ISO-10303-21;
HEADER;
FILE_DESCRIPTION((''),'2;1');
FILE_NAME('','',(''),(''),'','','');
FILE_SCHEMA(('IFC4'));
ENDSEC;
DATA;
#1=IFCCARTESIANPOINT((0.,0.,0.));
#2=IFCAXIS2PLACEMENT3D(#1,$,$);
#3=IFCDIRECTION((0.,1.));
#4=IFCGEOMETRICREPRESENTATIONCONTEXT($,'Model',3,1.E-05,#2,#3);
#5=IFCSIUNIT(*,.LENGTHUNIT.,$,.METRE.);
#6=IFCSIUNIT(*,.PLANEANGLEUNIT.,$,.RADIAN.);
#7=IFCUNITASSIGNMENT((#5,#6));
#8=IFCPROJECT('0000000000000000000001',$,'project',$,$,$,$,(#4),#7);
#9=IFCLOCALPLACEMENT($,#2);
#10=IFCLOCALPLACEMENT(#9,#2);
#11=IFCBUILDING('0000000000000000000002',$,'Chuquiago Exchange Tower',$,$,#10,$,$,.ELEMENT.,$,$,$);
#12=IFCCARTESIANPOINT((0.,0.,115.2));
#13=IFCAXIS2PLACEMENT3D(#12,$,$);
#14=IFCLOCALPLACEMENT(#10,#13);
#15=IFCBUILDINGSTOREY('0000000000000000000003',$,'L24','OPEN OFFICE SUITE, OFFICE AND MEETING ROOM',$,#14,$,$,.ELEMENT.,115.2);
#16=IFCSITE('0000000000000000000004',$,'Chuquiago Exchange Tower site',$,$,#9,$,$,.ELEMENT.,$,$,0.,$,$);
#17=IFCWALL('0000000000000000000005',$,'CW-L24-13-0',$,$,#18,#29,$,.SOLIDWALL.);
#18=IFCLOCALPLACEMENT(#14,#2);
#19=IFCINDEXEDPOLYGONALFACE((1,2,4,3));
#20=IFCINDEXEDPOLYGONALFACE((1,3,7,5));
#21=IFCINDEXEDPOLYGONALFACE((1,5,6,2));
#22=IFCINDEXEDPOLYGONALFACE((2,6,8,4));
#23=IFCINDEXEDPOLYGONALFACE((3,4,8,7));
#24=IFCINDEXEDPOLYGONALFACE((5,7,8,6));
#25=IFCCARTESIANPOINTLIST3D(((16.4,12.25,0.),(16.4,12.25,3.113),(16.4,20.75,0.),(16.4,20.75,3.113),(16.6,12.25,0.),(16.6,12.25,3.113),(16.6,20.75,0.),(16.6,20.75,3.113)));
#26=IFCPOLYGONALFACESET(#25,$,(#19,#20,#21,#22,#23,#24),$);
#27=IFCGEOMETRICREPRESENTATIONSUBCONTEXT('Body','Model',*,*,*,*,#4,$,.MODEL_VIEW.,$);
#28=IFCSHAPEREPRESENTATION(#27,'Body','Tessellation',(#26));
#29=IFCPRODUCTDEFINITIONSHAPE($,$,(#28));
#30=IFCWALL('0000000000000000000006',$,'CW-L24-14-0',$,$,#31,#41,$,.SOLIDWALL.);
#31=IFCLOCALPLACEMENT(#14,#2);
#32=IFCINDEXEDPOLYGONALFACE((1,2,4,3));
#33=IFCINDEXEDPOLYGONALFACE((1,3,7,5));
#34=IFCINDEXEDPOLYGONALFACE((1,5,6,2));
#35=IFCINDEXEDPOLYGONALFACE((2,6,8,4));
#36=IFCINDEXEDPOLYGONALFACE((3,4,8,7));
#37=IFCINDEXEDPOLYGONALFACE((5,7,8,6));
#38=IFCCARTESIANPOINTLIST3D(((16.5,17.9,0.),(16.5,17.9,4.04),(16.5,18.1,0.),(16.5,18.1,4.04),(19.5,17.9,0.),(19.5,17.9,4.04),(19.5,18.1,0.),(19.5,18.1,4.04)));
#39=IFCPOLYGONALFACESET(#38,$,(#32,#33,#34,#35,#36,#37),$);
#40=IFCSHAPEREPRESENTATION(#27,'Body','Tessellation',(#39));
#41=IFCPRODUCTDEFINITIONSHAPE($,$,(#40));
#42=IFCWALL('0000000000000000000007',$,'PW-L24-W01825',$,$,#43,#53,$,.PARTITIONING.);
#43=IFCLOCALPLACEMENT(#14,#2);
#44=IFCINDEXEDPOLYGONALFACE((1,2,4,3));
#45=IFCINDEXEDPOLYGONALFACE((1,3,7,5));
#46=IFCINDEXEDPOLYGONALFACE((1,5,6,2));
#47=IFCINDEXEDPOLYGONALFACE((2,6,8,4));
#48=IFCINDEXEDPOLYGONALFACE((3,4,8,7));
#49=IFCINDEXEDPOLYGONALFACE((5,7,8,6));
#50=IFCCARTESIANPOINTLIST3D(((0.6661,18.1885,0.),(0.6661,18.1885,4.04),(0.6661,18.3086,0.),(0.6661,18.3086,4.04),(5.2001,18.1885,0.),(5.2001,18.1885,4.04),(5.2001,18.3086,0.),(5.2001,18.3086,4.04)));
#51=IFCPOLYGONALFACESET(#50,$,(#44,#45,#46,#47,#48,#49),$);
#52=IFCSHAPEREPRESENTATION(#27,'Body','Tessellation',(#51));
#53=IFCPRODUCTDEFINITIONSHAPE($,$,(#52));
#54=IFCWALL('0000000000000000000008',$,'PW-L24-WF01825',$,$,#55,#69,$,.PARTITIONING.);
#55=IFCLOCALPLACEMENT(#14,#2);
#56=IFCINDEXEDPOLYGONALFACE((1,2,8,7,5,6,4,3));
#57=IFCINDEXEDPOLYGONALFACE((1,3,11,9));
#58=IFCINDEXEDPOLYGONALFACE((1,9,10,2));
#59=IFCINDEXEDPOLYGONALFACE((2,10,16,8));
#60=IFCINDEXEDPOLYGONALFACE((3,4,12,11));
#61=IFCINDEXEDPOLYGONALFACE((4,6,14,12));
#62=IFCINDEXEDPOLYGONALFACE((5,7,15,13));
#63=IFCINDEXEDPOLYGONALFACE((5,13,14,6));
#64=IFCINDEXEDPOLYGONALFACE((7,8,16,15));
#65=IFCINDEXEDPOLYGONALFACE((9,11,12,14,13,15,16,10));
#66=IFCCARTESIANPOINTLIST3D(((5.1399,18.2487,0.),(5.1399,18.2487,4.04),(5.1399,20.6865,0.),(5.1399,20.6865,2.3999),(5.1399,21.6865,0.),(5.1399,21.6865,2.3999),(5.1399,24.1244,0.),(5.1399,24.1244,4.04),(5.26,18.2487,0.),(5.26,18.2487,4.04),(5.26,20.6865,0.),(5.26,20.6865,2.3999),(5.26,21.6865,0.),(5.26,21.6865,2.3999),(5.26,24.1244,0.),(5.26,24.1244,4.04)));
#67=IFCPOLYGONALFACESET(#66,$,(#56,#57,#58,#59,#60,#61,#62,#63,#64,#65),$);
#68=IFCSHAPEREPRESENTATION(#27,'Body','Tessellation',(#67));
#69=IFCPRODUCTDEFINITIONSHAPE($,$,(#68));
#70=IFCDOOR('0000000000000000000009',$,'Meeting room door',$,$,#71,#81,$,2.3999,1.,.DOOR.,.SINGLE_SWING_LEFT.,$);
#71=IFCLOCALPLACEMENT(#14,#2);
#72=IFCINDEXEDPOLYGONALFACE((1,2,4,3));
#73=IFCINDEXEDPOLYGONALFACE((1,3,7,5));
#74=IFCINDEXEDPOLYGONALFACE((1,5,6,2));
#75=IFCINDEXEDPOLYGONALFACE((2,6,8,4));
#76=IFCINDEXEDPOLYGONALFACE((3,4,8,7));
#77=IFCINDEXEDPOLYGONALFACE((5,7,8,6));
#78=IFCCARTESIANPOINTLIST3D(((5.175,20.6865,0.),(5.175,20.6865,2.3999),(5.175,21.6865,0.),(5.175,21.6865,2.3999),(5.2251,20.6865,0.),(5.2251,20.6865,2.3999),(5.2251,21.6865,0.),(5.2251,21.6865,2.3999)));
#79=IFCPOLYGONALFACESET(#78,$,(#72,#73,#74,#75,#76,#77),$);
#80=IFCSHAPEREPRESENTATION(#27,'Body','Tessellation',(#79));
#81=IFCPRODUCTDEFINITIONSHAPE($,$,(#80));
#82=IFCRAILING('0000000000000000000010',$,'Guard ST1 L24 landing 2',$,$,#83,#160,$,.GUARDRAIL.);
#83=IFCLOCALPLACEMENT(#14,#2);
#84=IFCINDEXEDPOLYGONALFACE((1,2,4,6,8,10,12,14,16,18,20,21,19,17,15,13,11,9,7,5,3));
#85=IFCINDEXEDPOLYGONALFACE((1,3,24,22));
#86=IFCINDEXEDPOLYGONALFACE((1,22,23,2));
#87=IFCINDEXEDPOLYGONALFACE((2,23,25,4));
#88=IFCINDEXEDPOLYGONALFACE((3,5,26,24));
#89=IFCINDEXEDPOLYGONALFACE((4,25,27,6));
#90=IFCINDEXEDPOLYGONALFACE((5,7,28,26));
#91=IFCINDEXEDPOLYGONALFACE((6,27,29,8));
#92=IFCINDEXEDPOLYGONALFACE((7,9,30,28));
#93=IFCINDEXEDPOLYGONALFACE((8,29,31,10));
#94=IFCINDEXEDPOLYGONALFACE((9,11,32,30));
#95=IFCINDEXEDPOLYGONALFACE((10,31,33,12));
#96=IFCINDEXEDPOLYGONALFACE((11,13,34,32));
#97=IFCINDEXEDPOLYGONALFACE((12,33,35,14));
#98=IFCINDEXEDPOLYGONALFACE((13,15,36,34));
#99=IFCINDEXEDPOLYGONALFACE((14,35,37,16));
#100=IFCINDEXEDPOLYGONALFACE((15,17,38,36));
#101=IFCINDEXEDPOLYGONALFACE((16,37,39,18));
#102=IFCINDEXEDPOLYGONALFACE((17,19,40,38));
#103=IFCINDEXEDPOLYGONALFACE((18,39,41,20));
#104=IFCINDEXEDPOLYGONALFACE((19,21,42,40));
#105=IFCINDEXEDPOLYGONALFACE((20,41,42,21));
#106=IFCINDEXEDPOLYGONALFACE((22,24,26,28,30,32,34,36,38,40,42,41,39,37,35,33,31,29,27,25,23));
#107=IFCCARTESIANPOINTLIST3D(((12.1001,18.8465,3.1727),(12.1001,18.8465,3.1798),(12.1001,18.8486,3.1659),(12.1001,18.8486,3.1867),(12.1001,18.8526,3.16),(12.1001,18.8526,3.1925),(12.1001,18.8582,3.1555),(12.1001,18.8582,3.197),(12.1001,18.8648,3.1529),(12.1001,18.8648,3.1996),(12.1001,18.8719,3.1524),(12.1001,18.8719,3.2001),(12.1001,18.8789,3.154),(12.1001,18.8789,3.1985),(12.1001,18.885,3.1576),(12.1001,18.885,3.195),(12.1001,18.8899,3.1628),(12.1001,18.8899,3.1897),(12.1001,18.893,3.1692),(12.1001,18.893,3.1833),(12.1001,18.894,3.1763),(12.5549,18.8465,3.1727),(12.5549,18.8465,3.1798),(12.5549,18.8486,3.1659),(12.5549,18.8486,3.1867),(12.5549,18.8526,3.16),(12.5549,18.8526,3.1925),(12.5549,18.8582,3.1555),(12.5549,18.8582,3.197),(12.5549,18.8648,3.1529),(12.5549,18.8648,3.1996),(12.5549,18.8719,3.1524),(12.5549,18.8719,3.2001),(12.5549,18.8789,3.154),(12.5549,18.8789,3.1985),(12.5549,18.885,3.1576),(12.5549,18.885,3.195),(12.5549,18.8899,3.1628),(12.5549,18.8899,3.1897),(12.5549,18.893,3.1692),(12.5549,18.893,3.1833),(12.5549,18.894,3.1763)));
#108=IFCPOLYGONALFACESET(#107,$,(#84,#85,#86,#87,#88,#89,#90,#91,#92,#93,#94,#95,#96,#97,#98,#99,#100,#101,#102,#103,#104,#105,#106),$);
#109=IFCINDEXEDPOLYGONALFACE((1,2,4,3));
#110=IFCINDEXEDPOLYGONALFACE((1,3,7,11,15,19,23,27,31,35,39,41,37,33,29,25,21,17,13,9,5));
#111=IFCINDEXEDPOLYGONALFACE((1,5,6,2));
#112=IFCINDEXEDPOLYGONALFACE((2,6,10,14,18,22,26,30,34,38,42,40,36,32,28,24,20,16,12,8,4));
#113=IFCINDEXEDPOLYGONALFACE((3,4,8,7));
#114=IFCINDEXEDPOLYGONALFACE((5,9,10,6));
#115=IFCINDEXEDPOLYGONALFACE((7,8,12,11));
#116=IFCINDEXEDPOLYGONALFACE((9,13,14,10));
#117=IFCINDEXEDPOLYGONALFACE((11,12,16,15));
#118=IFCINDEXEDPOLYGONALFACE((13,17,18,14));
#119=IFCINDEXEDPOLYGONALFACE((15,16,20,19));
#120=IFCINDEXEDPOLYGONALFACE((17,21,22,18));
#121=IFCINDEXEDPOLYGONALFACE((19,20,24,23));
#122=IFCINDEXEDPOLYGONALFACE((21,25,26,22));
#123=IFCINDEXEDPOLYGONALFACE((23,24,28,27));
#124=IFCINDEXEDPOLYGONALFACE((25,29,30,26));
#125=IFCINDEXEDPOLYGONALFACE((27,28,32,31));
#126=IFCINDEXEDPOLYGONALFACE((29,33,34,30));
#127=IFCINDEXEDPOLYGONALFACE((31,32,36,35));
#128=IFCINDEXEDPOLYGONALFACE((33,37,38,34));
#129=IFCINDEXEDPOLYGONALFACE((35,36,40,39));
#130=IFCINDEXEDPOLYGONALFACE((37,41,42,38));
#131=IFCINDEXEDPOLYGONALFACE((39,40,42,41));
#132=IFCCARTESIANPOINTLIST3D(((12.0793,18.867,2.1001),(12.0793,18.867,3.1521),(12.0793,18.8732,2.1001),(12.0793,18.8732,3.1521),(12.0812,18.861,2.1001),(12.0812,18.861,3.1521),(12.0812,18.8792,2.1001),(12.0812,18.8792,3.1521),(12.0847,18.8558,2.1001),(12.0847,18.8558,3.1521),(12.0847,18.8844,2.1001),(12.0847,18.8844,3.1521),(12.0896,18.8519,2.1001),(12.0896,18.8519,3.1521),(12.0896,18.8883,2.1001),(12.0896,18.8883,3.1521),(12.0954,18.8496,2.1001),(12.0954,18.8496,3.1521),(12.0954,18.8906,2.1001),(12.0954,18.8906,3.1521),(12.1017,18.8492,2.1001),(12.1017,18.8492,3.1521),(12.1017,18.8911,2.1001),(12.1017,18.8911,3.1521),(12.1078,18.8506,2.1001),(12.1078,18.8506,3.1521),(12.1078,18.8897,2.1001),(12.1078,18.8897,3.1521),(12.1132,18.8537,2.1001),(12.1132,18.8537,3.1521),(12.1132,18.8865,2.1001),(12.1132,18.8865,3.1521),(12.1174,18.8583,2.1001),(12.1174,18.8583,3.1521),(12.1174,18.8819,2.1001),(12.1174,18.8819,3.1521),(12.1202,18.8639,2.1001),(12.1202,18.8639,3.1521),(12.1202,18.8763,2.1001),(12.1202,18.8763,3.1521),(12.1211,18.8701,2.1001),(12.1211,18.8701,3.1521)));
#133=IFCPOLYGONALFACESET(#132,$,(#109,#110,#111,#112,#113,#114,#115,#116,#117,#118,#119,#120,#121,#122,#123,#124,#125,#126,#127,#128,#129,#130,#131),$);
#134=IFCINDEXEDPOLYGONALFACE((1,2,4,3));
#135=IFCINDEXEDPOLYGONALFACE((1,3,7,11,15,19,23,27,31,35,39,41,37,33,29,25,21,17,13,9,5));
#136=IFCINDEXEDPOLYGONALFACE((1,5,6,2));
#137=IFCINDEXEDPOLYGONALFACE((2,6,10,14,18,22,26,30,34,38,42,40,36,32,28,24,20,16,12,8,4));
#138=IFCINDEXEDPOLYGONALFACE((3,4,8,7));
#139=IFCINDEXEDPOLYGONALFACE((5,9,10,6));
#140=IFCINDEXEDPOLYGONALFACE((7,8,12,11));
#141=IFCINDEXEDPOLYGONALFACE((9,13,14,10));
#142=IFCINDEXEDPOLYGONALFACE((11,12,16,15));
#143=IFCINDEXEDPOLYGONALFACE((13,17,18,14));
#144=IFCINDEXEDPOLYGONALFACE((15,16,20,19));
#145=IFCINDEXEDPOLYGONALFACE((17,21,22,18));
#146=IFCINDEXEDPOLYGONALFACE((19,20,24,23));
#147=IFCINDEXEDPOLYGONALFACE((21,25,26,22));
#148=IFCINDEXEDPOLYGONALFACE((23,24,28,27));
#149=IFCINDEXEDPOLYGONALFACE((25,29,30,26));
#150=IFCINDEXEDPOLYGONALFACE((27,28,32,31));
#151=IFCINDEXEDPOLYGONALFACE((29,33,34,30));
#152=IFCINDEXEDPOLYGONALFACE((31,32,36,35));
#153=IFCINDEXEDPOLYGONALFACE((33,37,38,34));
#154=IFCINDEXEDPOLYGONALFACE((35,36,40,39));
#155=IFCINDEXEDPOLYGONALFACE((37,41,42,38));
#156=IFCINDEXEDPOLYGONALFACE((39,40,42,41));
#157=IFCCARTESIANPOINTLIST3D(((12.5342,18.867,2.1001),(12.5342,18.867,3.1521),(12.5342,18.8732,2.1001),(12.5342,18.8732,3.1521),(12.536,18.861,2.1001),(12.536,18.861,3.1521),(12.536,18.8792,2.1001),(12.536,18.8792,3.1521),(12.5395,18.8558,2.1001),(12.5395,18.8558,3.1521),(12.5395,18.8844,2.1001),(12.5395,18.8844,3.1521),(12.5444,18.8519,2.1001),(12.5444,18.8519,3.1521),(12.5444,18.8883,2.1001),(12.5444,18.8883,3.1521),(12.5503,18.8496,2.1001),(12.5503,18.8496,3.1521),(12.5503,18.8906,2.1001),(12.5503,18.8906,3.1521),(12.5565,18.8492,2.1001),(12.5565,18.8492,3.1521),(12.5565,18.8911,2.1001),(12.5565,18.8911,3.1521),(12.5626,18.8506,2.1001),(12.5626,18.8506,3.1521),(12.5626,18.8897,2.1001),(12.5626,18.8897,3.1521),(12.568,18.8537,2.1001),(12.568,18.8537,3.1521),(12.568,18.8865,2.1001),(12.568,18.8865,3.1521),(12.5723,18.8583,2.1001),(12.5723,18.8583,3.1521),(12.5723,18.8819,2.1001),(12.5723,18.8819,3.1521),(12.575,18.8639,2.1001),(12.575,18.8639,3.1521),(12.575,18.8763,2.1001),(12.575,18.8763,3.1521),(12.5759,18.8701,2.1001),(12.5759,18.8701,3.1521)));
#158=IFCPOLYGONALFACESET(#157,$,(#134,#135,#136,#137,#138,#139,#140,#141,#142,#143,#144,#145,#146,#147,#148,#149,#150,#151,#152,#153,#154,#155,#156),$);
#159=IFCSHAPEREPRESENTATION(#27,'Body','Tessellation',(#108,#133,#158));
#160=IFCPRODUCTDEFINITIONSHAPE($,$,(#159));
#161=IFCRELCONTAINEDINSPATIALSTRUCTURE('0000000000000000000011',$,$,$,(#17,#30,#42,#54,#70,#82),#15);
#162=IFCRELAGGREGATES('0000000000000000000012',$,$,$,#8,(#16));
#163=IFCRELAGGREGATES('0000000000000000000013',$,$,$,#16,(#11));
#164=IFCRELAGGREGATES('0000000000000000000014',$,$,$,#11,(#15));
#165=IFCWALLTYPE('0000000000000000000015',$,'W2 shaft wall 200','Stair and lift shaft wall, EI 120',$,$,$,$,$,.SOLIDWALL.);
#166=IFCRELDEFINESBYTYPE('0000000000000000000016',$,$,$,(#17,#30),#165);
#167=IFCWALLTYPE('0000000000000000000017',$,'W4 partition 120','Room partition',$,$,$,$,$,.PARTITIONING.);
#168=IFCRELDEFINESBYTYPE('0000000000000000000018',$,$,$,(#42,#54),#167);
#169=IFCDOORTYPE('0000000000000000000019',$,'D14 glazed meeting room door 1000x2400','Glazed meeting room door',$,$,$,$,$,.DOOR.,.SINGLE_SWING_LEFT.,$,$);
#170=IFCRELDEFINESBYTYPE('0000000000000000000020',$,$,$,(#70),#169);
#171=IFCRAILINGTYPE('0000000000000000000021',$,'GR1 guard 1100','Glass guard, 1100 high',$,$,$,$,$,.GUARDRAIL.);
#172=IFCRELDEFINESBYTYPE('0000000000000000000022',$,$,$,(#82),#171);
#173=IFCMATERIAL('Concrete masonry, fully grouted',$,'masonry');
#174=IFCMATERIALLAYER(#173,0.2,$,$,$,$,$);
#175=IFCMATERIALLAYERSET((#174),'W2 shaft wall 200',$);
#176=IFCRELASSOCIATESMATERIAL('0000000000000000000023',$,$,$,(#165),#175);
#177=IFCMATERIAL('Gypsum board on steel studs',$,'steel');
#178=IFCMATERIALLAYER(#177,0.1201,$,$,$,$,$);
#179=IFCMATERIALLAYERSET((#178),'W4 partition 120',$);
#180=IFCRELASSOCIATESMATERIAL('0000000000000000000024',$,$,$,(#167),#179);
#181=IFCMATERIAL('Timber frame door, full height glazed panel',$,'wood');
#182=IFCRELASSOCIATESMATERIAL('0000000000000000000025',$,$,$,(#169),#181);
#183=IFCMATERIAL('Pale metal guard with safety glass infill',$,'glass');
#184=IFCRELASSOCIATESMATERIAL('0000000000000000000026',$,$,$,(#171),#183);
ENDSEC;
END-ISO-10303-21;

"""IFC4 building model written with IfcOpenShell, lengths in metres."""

from ifc_helpers import new_model, si_unit, direction, frame, frame_2d, origin, origin_2d, place, context, subcontext, project, spatial, rectangle, circle, extrude, material, layer, layer_set, type_object, element, fill, save


model = new_model("IFC4")

# Units and contexts
model_context = context("Model", 3, precision=1e-05, world=origin(), true_north=direction((0.0, 1.0)))
body_context = subcontext(model_context, "Body", "Model", "MODEL_VIEW")
ifc_project = project(units=[si_unit("LENGTHUNIT", "METRE"), si_unit("PLANEANGLEUNIT", "RADIAN")], contexts=[model_context])

# Site, building, storey
site_placement = place(None, origin())
site = spatial("IfcSite", under=ifc_project, at=site_placement, Name="Chuquiago Exchange Tower site", CompositionType="ELEMENT", RefElevation=0.0)
building_placement = place(site_placement, origin())
building = spatial("IfcBuilding", under=site, at=building_placement, Name="Chuquiago Exchange Tower", CompositionType="ELEMENT")
storey_placement = place(building_placement, frame((0.0, 0.0, 115.2)))
storey = spatial("IfcBuildingStorey", under=building, at=storey_placement, Name="L24", Description="OPEN OFFICE SUITE, OFFICE AND MEETING ROOM", CompositionType="ELEMENT", Elevation=115.2)

# Walls
ifc_material_1 = material(Name="Concrete masonry, fully grouted", Category="masonry")
ifc_layer_1 = layer(ifc_material_1, 0.2)
ifc_layer_set_1 = layer_set([ifc_layer_1], Name="W2 shaft wall 200")
wall_type_1 = type_object("IfcWallType", Name="W2 shaft wall 200", Description="Stair and lift shaft wall, EI 120", PredefinedType="SOLIDWALL", material=ifc_layer_set_1)
wall_1_placement = place(storey_placement, frame((16.5, 12.25, 0.0), z_axis=(0.0, 0.0, 1.0), x_axis=(0.0, 1.0, 0.0)))
element("IfcWall", 1, at=wall_1_placement, inside=storey, type_object=wall_type_1, Name="CW-L24-13-0", PredefinedType="SOLIDWALL", context=body_context, shape_type="SweptSolid", body=[
    extrude(rectangle(XDim=8.5, YDim=0.2, at=frame_2d((4.25, 0.0))), origin(), (0.0, 0.0, 1.0), 3.113),
])
wall_2_placement = place(storey_placement, frame((16.5, 18.0, 0.0), z_axis=(0.0, 0.0, 1.0), x_axis=(1.0, 0.0, 0.0)))
element("IfcWall", 2, at=wall_2_placement, inside=storey, type_object=wall_type_1, Name="CW-L24-14-0", PredefinedType="SOLIDWALL", context=body_context, shape_type="SweptSolid", body=[
    extrude(rectangle(XDim=3.0, YDim=0.2, at=frame_2d((1.5, 0.0))), origin(), (0.0, 0.0, 1.0), 4.04),
])
ifc_material_2 = material(Name="Gypsum board on steel studs", Category="steel")
ifc_layer_2 = layer(ifc_material_2, 0.1201)
ifc_layer_set_2 = layer_set([ifc_layer_2], Name="W4 partition 120")
wall_type_2 = type_object("IfcWallType", Name="W4 partition 120", Description="Room partition", PredefinedType="PARTITIONING", material=ifc_layer_set_2)
wall_3_placement = place(storey_placement, frame((0.666, 18.2485, 0.0), z_axis=(0.0, 0.0, 1.0), x_axis=(1.0, 0.0, 0.0)))
element("IfcWall", 3, at=wall_3_placement, inside=storey, type_object=wall_type_2, Name="PW-L24-W01825", PredefinedType="PARTITIONING", context=body_context, shape_type="SweptSolid", body=[
    extrude(rectangle(XDim=4.5339, YDim=0.1201, at=frame_2d((2.2671, 0.0))), origin(), (0.0, 0.0, 1.0), 4.04),
])

# Wall, opening, door
wall_4_placement = place(storey_placement, frame((5.2, 18.2485, 0.0), z_axis=(0.0, 0.0, 1.0), x_axis=(0.0, 1.0, 0.0)))
wall_4 = element("IfcWall", 4, at=wall_4_placement, inside=storey, type_object=wall_type_2, Name="PW-L24-WF01825", PredefinedType="PARTITIONING", context=body_context, shape_type="SweptSolid", body=[
    extrude(rectangle(XDim=5.8757, YDim=0.1201, at=frame_2d((2.938, 0.0))), origin(), (0.0, 0.0, 1.0), 4.04),
])
opening_1_placement = place(wall_4_placement, frame((2.438, 0.0, 0.0)))
opening_1 = element("IfcOpeningElement", 5, at=opening_1_placement, cuts=wall_4, PredefinedType="OPENING", context=body_context, shape_type="SweptSolid", body=[
    extrude(rectangle(XDim=1.0, YDim=2.3999, at=frame_2d((0.5, 1.2))), frame((0.0, 0.0701, 0.0), z_axis=(0.0, -1.0, 0.0), x_axis=(1.0, 0.0, 0.0)), (0.0, 0.0, 1.0), 0.1401),
])
ifc_material_3 = material(Name="Timber frame door, full height glazed panel", Category="wood")
door_type_1 = type_object("IfcDoorType", Name="D14 glazed meeting room door 1000x2400", Description="Glazed meeting room door", OperationType="SINGLE_SWING_LEFT", PredefinedType="DOOR", material=ifc_material_3)
door_1_placement = place(opening_1_placement, origin())
door_1 = element("IfcDoor", 6, at=door_1_placement, inside=storey, type_object=door_type_1, Name="Meeting room door", OperationType="SINGLE_SWING_LEFT", OverallHeight=2.3999, OverallWidth=1.0, PredefinedType="DOOR", context=body_context, shape_type="SweptSolid", body=[
    extrude(rectangle(XDim=1.0, YDim=2.3999, at=frame_2d((0.5, 1.2))), frame((0.0, 0.0249, 0.0), z_axis=(0.0, -1.0, 0.0), x_axis=(1.0, 0.0, 0.0)), (0.0, 0.0, 1.0), 0.05),
])
fill(opening_1, door_1)

# Railing
ifc_material_4 = material(Name="Pale metal guard with safety glass infill", Category="glass")
railing_type_1 = type_object("IfcRailingType", Name="GR1 guard 1100", Description="Glass guard, 1100 high", PredefinedType="GUARDRAIL", material=ifc_material_4)
railing_1_placement = place(storey_placement, frame((12.1001, 18.8701, 2.1001)))
element("IfcRailing", 7, at=railing_1_placement, inside=storey, type_object=railing_type_1, Name="Guard ST1 L24 landing 2", PredefinedType="GUARDRAIL", context=body_context, shape_type="SweptSolid", body=[
    extrude(circle(Radius=0.0239, at=origin_2d()), frame((0.0, 0.0, 1.0762), z_axis=(1.0, 0.0, 0.0), x_axis=(0.0, 1.0, 0.0)), (0.0, 0.0, 1.0), 0.4548),
    extrude(circle(Radius=0.021, at=origin_2d()), origin(), (0.0, 0.0, 1.0), 1.052),
    extrude(circle(Radius=0.021, at=origin_2d()), frame((0.4548, 0.0, 0.0)), (0.0, 0.0, 1.0), 1.052),
])

save(model, "model.ifc")
